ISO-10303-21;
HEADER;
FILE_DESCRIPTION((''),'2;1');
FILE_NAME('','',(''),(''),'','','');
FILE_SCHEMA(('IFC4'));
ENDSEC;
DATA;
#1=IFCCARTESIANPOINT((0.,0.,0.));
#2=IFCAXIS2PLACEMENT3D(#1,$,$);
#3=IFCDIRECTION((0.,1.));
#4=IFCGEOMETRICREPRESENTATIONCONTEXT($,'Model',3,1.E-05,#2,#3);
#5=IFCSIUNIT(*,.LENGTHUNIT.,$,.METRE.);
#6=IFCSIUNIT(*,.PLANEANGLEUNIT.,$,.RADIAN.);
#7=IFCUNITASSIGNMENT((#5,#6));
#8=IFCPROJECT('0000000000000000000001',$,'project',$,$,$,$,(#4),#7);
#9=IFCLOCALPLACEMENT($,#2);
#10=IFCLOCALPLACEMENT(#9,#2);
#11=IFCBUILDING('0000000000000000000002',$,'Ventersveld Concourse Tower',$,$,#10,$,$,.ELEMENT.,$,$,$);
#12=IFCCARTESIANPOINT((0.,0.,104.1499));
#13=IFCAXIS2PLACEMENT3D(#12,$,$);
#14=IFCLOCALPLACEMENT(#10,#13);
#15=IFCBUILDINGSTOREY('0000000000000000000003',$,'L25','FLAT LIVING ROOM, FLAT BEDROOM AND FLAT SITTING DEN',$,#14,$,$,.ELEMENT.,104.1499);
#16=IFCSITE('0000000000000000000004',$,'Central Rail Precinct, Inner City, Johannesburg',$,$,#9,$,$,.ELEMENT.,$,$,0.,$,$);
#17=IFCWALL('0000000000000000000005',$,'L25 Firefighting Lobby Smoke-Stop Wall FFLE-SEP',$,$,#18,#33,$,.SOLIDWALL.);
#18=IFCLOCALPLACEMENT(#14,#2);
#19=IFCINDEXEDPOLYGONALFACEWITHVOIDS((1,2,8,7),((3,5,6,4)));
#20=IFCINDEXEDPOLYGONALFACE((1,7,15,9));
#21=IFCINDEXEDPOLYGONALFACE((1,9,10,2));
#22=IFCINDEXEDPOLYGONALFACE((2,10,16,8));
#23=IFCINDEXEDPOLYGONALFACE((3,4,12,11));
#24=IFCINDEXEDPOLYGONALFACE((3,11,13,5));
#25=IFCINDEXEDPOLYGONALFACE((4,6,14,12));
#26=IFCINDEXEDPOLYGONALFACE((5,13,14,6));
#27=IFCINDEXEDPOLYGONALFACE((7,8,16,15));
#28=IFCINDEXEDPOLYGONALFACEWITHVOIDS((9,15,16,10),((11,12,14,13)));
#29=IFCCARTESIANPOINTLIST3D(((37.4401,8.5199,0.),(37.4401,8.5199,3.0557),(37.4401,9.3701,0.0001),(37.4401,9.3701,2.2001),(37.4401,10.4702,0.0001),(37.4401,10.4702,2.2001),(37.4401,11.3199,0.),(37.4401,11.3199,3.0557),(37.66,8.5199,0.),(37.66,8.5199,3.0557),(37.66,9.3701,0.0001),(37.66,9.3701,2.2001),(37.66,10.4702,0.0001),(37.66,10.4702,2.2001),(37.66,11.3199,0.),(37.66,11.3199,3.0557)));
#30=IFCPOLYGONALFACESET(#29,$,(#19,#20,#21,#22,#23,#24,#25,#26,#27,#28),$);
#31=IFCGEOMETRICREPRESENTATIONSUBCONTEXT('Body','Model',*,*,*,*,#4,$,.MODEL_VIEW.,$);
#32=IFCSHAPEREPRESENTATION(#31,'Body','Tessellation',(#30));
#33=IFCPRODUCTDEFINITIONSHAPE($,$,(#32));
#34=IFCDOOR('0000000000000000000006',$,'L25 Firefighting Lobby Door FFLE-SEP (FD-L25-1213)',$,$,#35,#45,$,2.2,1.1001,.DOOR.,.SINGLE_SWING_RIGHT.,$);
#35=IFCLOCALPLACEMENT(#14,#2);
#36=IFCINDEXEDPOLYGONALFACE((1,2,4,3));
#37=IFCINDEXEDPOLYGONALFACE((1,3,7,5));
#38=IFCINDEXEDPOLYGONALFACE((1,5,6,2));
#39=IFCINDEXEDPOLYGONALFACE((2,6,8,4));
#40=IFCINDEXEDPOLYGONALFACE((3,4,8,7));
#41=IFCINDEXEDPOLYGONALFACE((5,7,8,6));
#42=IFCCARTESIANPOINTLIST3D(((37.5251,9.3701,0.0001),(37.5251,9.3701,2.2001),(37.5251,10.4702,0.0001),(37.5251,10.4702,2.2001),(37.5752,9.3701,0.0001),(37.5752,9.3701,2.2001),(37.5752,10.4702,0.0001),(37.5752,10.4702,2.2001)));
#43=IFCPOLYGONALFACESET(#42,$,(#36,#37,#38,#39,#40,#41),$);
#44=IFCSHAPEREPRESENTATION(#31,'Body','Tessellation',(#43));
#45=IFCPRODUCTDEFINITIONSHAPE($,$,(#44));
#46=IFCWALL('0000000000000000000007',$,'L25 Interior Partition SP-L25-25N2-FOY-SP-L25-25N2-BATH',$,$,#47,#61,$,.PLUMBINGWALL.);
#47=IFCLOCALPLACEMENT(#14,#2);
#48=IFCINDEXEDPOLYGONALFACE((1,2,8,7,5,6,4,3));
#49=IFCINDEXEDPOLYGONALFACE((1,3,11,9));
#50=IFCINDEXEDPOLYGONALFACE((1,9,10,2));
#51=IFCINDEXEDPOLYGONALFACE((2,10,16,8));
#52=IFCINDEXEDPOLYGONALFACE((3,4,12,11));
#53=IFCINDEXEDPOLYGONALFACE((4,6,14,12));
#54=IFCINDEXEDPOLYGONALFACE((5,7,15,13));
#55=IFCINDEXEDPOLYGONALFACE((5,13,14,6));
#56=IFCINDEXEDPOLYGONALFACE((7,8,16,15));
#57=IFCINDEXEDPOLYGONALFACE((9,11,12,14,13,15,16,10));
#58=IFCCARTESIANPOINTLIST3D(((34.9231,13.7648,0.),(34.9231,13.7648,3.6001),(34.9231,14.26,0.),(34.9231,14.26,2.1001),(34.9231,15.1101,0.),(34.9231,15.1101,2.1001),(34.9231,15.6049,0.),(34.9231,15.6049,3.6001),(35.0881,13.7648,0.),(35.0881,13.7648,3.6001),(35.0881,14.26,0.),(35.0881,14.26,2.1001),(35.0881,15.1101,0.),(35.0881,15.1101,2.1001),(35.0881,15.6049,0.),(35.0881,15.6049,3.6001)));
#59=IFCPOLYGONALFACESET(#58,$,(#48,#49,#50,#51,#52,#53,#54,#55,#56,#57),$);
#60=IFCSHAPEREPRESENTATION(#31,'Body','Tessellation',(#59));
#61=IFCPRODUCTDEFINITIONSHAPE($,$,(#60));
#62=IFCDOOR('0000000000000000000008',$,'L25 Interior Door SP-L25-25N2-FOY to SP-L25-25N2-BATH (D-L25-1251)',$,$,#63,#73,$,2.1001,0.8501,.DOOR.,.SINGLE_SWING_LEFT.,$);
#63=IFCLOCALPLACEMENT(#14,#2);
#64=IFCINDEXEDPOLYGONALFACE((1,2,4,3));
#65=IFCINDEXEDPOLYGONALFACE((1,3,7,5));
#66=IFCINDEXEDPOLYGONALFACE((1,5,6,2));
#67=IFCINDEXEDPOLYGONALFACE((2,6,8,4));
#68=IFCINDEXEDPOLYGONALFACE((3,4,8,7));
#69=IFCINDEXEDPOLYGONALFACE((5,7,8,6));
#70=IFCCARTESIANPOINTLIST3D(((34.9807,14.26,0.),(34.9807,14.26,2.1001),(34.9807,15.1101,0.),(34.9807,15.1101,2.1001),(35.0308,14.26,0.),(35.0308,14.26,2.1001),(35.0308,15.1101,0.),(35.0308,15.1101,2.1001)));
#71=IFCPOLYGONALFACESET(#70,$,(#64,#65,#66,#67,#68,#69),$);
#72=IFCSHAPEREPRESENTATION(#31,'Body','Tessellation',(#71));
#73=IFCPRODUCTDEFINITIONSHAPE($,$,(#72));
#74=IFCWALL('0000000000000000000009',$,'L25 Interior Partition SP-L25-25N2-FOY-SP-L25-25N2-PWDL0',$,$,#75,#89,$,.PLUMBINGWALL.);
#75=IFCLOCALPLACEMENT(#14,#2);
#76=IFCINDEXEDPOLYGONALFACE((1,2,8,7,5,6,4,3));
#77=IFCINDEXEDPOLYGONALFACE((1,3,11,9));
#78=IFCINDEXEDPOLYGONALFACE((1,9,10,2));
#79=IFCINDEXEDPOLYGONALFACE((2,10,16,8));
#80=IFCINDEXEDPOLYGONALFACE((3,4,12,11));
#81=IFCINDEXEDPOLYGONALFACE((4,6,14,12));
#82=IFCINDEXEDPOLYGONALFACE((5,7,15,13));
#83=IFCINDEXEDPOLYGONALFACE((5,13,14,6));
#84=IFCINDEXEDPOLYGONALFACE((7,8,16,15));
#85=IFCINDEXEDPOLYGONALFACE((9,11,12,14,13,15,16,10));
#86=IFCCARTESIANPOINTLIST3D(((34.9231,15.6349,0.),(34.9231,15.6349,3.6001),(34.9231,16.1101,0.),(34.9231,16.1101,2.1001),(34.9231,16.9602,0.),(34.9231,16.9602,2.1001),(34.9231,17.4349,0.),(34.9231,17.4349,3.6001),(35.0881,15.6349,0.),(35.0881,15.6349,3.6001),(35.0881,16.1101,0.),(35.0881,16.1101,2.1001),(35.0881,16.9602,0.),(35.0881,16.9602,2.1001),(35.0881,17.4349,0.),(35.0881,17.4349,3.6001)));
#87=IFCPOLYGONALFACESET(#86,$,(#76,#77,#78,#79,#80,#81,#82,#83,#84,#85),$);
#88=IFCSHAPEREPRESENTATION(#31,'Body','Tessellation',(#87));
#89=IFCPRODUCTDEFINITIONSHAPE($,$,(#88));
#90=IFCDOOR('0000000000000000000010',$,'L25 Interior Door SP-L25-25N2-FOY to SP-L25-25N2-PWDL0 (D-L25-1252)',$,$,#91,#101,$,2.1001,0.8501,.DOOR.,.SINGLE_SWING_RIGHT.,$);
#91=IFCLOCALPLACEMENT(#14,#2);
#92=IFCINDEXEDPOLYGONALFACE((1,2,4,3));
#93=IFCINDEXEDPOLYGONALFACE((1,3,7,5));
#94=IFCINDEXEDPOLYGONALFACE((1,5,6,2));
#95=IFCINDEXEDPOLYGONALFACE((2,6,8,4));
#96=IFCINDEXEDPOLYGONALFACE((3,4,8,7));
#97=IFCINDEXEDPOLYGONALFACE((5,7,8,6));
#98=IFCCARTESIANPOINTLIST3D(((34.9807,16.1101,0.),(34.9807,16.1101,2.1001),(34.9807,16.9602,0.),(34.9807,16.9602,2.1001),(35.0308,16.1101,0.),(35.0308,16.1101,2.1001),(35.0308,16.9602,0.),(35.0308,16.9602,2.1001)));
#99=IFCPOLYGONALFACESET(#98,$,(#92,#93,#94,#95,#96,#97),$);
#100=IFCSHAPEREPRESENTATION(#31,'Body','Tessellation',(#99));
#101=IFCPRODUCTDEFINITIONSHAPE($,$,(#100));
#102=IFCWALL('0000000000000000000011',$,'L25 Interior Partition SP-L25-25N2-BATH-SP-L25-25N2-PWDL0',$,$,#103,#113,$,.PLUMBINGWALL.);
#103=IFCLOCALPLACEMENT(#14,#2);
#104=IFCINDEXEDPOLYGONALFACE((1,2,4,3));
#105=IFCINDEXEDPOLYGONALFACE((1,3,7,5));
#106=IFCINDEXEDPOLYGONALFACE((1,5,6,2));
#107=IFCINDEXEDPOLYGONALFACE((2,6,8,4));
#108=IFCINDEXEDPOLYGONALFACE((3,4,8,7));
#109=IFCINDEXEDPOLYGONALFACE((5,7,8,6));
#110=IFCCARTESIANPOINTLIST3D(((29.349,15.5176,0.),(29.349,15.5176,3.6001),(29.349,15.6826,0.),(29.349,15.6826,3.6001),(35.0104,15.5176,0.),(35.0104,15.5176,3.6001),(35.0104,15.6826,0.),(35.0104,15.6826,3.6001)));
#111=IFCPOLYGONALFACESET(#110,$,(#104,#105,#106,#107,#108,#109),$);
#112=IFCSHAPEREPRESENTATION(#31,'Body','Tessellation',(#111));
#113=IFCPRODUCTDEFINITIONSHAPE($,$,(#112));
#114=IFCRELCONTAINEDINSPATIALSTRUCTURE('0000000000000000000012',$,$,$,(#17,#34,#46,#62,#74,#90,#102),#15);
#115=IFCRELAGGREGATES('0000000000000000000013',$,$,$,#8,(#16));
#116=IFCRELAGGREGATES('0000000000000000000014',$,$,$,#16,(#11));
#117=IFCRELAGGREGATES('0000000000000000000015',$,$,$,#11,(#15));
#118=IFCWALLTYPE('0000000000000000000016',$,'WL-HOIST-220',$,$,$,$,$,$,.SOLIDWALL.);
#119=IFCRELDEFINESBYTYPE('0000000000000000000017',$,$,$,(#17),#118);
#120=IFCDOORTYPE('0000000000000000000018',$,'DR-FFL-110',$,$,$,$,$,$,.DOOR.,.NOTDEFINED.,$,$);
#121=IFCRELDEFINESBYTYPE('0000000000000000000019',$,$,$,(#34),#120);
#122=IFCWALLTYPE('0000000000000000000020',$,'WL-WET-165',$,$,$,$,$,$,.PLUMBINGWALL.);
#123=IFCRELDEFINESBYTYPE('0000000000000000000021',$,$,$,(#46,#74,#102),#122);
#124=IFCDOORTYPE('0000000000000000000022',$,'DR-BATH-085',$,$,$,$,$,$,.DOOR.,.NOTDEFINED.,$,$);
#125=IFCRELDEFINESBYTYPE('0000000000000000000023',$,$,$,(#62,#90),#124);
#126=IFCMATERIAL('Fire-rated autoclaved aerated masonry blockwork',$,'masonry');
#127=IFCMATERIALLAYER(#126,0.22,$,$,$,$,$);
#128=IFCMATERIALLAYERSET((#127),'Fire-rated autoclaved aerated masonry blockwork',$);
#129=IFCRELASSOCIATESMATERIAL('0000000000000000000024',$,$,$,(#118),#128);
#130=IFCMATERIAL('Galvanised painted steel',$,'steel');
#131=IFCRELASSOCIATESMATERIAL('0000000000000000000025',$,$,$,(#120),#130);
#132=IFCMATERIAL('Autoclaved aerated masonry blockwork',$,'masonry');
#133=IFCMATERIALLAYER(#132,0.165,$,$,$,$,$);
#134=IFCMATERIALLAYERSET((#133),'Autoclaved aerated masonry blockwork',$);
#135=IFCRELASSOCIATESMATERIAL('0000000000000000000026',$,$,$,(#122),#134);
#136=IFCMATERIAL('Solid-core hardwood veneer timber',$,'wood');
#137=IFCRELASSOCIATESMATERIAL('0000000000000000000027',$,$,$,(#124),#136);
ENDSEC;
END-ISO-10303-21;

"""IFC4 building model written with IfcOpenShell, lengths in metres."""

from ifc_helpers import new_model, si_unit, direction, frame, frame_2d, origin, place, context, subcontext, project, spatial, rectangle, extrude, material, layer, layer_set, type_object, element, fill, save


model = new_model("IFC4")

# Units and contexts
model_context = context("Model", 3, precision=1e-05, world=origin(), true_north=direction((0.0, 1.0)))
body_context = subcontext(model_context, "Body", "Model", "MODEL_VIEW")
ifc_project = project(units=[si_unit("LENGTHUNIT", "METRE"), si_unit("PLANEANGLEUNIT", "RADIAN")], contexts=[model_context])

# Site, building, storey
site_placement = place(None, origin())
site = spatial("IfcSite", under=ifc_project, at=site_placement, Name="Central Rail Precinct, Inner City, Johannesburg", CompositionType="ELEMENT", RefElevation=0.0)
building_placement = place(site_placement, origin())
building = spatial("IfcBuilding", under=site, at=building_placement, Name="Ventersveld Concourse Tower", CompositionType="ELEMENT")
storey_placement = place(building_placement, frame((0.0, 0.0, 104.1499)))
storey = spatial("IfcBuildingStorey", under=building, at=storey_placement, Name="L25", Description="FLAT LIVING ROOM, FLAT BEDROOM AND FLAT SITTING DEN", CompositionType="ELEMENT", Elevation=104.1499)

# Shared definitions
ifc_material_1 = material(Name="Fire-rated autoclaved aerated masonry blockwork", Category="masonry")
ifc_material_2 = material(Name="Galvanised painted steel", Category="steel")

# Shared definitions
ifc_material_3 = material(Name="Solid-core hardwood veneer timber", Category="wood")

# Shared definitions
ifc_layer_1 = layer(ifc_material_1, 0.22)
ifc_layer_set_1 = layer_set([ifc_layer_1], Name="Fire-rated autoclaved aerated masonry blockwork")
wall_type_1 = type_object("IfcWallType", Name="WL-HOIST-220", PredefinedType="SOLIDWALL", material=ifc_layer_set_1)

# Walls, openings, doors
wall_1_placement = place(storey_placement, frame((37.55, 8.52, 0.0), z_axis=(0.0, 0.0, 1.0), x_axis=(0.0, 1.0, 0.0)))
wall_1 = element("IfcWall", 1, at=wall_1_placement, inside=storey, type_object=wall_type_1, Name="L25 Firefighting Lobby Smoke-Stop Wall FFLE-SEP", PredefinedType="SOLIDWALL", context=body_context, shape_type="SweptSolid", body=[
    extrude(rectangle(XDim=2.8, YDim=0.22, at=frame_2d((1.3999, 0.0))), origin(), (0.0, 0.0, 1.0), 3.0557),
])
opening_1_placement = place(wall_1_placement, frame((0.8501, 0.0, 0.0)))
opening_1 = element("IfcOpeningElement", 2, at=opening_1_placement, cuts=wall_1, PredefinedType="OPENING", context=body_context, shape_type="SweptSolid", body=[
    extrude(rectangle(XDim=1.1001, YDim=2.2, at=frame_2d((0.55, 1.1001))), frame((0.0, 0.1201, 0.0), z_axis=(0.0, -1.0, 0.0), x_axis=(1.0, 0.0, 0.0)), (0.0, 0.0, 1.0), 0.24),
])
door_type_1 = type_object("IfcDoorType", Name="DR-FFL-110", OperationType="NOTDEFINED", PredefinedType="DOOR", material=ifc_material_2)
door_1_placement = place(opening_1_placement, origin())
door_1 = element("IfcDoor", 3, at=door_1_placement, inside=storey, type_object=door_type_1, Name="L25 Firefighting Lobby Door FFLE-SEP (FD-L25-1213)", OperationType="SINGLE_SWING_RIGHT", OverallHeight=2.2, OverallWidth=1.1001, PredefinedType="DOOR", context=body_context, shape_type="SweptSolid", body=[
    extrude(rectangle(XDim=1.1001, YDim=2.2, at=frame_2d((0.55, 1.1001))), frame((0.0, 0.0249, 0.0), z_axis=(0.0, -1.0, 0.0), x_axis=(1.0, 0.0, 0.0)), (0.0, 0.0, 1.0), 0.05),
])
fill(opening_1, door_1)
ifc_material_4 = material(Name="Autoclaved aerated masonry blockwork", Category="masonry")
ifc_layer_2 = layer(ifc_material_4, 0.165)
ifc_layer_set_2 = layer_set([ifc_layer_2], Name="Autoclaved aerated masonry blockwork")
wall_type_2 = type_object("IfcWallType", Name="WL-WET-165", PredefinedType="PLUMBINGWALL", material=ifc_layer_set_2)
wall_2_placement = place(storey_placement, frame((35.0056, 13.7649, 0.0), z_axis=(0.0, 0.0, 1.0), x_axis=(0.0, 1.0, 0.0)))
wall_2 = element("IfcWall", 4, at=wall_2_placement, inside=storey, type_object=wall_type_2, Name="L25 Interior Partition SP-L25-25N2-FOY-SP-L25-25N2-BATH", PredefinedType="PLUMBINGWALL", context=body_context, shape_type="SweptSolid", body=[
    extrude(rectangle(XDim=1.8401, YDim=0.165, at=frame_2d((0.9199, 0.0))), origin(), (0.0, 0.0, 1.0), 3.6001),
])
opening_2_placement = place(wall_2_placement, frame((0.4951, 0.0, 0.0)))
opening_2 = element("IfcOpeningElement", 5, at=opening_2_placement, cuts=wall_2, PredefinedType="OPENING", context=body_context, shape_type="SweptSolid", body=[
    extrude(rectangle(XDim=0.8501, YDim=2.1001, at=frame_2d((0.425, 1.05))), frame((0.0, 0.0925, 0.0), z_axis=(0.0, -1.0, 0.0), x_axis=(1.0, 0.0, 0.0)), (0.0, 0.0, 1.0), 0.1851),
])
door_type_2 = type_object("IfcDoorType", Name="DR-BATH-085", OperationType="NOTDEFINED", PredefinedType="DOOR", material=ifc_material_3)
door_2_placement = place(opening_2_placement, origin())
door_2 = element("IfcDoor", 6, at=door_2_placement, inside=storey, type_object=door_type_2, Name="L25 Interior Door SP-L25-25N2-FOY to SP-L25-25N2-BATH (D-L25-1251)", OperationType="SINGLE_SWING_LEFT", OverallHeight=2.1001, OverallWidth=0.8501, PredefinedType="DOOR", context=body_context, shape_type="SweptSolid", body=[
    extrude(rectangle(XDim=0.8501, YDim=2.1001, at=frame_2d((0.425, 1.05))), frame((0.0, 0.0249, 0.0), z_axis=(0.0, -1.0, 0.0), x_axis=(1.0, 0.0, 0.0)), (0.0, 0.0, 1.0), 0.05),
])
fill(opening_2, door_2)
wall_3_placement = place(storey_placement, frame((35.0056, 15.635, 0.0), z_axis=(0.0, 0.0, 1.0), x_axis=(0.0, 1.0, 0.0)))
wall_3 = element("IfcWall", 7, at=wall_3_placement, inside=storey, type_object=wall_type_2, Name="L25 Interior Partition SP-L25-25N2-FOY-SP-L25-25N2-PWDL0", PredefinedType="PLUMBINGWALL", context=body_context, shape_type="SweptSolid", body=[
    extrude(rectangle(XDim=1.8, YDim=0.165, at=frame_2d((0.8999, 0.0))), origin(), (0.0, 0.0, 1.0), 3.6001),
])
opening_3_placement = place(wall_3_placement, frame((0.4751, 0.0, 0.0)))
opening_3 = element("IfcOpeningElement", 8, at=opening_3_placement, cuts=wall_3, PredefinedType="OPENING", context=body_context, shape_type="SweptSolid", body=[
    extrude(rectangle(XDim=0.8501, YDim=2.1001, at=frame_2d((0.425, 1.05))), frame((0.0, 0.0925, 0.0), z_axis=(0.0, -1.0, 0.0), x_axis=(1.0, 0.0, 0.0)), (0.0, 0.0, 1.0), 0.1851),
])
door_3_placement = place(opening_3_placement, origin())
door_3 = element("IfcDoor", 9, at=door_3_placement, inside=storey, type_object=door_type_2, Name="L25 Interior Door SP-L25-25N2-FOY to SP-L25-25N2-PWDL0 (D-L25-1252)", OperationType="SINGLE_SWING_RIGHT", OverallHeight=2.1001, OverallWidth=0.8501, PredefinedType="DOOR", context=body_context, shape_type="SweptSolid", body=[
    extrude(rectangle(XDim=0.8501, YDim=2.1001, at=frame_2d((0.425, 1.05))), frame((0.0, 0.0249, 0.0), z_axis=(0.0, -1.0, 0.0), x_axis=(1.0, 0.0, 0.0)), (0.0, 0.0, 1.0), 0.05),
])
fill(opening_3, door_3)

# Wall
wall_4_placement = place(storey_placement, frame((29.3491, 15.6001, 0.0), z_axis=(0.0, 0.0, 1.0), x_axis=(1.0, 0.0, 0.0)))
element("IfcWall", 10, at=wall_4_placement, inside=storey, type_object=wall_type_2, Name="L25 Interior Partition SP-L25-25N2-BATH-SP-L25-25N2-PWDL0", PredefinedType="PLUMBINGWALL", context=body_context, shape_type="SweptSolid", body=[
    extrude(rectangle(XDim=5.6614, YDim=0.165, at=frame_2d((2.8306, 0.0))), origin(), (0.0, 0.0, 1.0), 3.6001),
])

save(model, "model.ifc")
